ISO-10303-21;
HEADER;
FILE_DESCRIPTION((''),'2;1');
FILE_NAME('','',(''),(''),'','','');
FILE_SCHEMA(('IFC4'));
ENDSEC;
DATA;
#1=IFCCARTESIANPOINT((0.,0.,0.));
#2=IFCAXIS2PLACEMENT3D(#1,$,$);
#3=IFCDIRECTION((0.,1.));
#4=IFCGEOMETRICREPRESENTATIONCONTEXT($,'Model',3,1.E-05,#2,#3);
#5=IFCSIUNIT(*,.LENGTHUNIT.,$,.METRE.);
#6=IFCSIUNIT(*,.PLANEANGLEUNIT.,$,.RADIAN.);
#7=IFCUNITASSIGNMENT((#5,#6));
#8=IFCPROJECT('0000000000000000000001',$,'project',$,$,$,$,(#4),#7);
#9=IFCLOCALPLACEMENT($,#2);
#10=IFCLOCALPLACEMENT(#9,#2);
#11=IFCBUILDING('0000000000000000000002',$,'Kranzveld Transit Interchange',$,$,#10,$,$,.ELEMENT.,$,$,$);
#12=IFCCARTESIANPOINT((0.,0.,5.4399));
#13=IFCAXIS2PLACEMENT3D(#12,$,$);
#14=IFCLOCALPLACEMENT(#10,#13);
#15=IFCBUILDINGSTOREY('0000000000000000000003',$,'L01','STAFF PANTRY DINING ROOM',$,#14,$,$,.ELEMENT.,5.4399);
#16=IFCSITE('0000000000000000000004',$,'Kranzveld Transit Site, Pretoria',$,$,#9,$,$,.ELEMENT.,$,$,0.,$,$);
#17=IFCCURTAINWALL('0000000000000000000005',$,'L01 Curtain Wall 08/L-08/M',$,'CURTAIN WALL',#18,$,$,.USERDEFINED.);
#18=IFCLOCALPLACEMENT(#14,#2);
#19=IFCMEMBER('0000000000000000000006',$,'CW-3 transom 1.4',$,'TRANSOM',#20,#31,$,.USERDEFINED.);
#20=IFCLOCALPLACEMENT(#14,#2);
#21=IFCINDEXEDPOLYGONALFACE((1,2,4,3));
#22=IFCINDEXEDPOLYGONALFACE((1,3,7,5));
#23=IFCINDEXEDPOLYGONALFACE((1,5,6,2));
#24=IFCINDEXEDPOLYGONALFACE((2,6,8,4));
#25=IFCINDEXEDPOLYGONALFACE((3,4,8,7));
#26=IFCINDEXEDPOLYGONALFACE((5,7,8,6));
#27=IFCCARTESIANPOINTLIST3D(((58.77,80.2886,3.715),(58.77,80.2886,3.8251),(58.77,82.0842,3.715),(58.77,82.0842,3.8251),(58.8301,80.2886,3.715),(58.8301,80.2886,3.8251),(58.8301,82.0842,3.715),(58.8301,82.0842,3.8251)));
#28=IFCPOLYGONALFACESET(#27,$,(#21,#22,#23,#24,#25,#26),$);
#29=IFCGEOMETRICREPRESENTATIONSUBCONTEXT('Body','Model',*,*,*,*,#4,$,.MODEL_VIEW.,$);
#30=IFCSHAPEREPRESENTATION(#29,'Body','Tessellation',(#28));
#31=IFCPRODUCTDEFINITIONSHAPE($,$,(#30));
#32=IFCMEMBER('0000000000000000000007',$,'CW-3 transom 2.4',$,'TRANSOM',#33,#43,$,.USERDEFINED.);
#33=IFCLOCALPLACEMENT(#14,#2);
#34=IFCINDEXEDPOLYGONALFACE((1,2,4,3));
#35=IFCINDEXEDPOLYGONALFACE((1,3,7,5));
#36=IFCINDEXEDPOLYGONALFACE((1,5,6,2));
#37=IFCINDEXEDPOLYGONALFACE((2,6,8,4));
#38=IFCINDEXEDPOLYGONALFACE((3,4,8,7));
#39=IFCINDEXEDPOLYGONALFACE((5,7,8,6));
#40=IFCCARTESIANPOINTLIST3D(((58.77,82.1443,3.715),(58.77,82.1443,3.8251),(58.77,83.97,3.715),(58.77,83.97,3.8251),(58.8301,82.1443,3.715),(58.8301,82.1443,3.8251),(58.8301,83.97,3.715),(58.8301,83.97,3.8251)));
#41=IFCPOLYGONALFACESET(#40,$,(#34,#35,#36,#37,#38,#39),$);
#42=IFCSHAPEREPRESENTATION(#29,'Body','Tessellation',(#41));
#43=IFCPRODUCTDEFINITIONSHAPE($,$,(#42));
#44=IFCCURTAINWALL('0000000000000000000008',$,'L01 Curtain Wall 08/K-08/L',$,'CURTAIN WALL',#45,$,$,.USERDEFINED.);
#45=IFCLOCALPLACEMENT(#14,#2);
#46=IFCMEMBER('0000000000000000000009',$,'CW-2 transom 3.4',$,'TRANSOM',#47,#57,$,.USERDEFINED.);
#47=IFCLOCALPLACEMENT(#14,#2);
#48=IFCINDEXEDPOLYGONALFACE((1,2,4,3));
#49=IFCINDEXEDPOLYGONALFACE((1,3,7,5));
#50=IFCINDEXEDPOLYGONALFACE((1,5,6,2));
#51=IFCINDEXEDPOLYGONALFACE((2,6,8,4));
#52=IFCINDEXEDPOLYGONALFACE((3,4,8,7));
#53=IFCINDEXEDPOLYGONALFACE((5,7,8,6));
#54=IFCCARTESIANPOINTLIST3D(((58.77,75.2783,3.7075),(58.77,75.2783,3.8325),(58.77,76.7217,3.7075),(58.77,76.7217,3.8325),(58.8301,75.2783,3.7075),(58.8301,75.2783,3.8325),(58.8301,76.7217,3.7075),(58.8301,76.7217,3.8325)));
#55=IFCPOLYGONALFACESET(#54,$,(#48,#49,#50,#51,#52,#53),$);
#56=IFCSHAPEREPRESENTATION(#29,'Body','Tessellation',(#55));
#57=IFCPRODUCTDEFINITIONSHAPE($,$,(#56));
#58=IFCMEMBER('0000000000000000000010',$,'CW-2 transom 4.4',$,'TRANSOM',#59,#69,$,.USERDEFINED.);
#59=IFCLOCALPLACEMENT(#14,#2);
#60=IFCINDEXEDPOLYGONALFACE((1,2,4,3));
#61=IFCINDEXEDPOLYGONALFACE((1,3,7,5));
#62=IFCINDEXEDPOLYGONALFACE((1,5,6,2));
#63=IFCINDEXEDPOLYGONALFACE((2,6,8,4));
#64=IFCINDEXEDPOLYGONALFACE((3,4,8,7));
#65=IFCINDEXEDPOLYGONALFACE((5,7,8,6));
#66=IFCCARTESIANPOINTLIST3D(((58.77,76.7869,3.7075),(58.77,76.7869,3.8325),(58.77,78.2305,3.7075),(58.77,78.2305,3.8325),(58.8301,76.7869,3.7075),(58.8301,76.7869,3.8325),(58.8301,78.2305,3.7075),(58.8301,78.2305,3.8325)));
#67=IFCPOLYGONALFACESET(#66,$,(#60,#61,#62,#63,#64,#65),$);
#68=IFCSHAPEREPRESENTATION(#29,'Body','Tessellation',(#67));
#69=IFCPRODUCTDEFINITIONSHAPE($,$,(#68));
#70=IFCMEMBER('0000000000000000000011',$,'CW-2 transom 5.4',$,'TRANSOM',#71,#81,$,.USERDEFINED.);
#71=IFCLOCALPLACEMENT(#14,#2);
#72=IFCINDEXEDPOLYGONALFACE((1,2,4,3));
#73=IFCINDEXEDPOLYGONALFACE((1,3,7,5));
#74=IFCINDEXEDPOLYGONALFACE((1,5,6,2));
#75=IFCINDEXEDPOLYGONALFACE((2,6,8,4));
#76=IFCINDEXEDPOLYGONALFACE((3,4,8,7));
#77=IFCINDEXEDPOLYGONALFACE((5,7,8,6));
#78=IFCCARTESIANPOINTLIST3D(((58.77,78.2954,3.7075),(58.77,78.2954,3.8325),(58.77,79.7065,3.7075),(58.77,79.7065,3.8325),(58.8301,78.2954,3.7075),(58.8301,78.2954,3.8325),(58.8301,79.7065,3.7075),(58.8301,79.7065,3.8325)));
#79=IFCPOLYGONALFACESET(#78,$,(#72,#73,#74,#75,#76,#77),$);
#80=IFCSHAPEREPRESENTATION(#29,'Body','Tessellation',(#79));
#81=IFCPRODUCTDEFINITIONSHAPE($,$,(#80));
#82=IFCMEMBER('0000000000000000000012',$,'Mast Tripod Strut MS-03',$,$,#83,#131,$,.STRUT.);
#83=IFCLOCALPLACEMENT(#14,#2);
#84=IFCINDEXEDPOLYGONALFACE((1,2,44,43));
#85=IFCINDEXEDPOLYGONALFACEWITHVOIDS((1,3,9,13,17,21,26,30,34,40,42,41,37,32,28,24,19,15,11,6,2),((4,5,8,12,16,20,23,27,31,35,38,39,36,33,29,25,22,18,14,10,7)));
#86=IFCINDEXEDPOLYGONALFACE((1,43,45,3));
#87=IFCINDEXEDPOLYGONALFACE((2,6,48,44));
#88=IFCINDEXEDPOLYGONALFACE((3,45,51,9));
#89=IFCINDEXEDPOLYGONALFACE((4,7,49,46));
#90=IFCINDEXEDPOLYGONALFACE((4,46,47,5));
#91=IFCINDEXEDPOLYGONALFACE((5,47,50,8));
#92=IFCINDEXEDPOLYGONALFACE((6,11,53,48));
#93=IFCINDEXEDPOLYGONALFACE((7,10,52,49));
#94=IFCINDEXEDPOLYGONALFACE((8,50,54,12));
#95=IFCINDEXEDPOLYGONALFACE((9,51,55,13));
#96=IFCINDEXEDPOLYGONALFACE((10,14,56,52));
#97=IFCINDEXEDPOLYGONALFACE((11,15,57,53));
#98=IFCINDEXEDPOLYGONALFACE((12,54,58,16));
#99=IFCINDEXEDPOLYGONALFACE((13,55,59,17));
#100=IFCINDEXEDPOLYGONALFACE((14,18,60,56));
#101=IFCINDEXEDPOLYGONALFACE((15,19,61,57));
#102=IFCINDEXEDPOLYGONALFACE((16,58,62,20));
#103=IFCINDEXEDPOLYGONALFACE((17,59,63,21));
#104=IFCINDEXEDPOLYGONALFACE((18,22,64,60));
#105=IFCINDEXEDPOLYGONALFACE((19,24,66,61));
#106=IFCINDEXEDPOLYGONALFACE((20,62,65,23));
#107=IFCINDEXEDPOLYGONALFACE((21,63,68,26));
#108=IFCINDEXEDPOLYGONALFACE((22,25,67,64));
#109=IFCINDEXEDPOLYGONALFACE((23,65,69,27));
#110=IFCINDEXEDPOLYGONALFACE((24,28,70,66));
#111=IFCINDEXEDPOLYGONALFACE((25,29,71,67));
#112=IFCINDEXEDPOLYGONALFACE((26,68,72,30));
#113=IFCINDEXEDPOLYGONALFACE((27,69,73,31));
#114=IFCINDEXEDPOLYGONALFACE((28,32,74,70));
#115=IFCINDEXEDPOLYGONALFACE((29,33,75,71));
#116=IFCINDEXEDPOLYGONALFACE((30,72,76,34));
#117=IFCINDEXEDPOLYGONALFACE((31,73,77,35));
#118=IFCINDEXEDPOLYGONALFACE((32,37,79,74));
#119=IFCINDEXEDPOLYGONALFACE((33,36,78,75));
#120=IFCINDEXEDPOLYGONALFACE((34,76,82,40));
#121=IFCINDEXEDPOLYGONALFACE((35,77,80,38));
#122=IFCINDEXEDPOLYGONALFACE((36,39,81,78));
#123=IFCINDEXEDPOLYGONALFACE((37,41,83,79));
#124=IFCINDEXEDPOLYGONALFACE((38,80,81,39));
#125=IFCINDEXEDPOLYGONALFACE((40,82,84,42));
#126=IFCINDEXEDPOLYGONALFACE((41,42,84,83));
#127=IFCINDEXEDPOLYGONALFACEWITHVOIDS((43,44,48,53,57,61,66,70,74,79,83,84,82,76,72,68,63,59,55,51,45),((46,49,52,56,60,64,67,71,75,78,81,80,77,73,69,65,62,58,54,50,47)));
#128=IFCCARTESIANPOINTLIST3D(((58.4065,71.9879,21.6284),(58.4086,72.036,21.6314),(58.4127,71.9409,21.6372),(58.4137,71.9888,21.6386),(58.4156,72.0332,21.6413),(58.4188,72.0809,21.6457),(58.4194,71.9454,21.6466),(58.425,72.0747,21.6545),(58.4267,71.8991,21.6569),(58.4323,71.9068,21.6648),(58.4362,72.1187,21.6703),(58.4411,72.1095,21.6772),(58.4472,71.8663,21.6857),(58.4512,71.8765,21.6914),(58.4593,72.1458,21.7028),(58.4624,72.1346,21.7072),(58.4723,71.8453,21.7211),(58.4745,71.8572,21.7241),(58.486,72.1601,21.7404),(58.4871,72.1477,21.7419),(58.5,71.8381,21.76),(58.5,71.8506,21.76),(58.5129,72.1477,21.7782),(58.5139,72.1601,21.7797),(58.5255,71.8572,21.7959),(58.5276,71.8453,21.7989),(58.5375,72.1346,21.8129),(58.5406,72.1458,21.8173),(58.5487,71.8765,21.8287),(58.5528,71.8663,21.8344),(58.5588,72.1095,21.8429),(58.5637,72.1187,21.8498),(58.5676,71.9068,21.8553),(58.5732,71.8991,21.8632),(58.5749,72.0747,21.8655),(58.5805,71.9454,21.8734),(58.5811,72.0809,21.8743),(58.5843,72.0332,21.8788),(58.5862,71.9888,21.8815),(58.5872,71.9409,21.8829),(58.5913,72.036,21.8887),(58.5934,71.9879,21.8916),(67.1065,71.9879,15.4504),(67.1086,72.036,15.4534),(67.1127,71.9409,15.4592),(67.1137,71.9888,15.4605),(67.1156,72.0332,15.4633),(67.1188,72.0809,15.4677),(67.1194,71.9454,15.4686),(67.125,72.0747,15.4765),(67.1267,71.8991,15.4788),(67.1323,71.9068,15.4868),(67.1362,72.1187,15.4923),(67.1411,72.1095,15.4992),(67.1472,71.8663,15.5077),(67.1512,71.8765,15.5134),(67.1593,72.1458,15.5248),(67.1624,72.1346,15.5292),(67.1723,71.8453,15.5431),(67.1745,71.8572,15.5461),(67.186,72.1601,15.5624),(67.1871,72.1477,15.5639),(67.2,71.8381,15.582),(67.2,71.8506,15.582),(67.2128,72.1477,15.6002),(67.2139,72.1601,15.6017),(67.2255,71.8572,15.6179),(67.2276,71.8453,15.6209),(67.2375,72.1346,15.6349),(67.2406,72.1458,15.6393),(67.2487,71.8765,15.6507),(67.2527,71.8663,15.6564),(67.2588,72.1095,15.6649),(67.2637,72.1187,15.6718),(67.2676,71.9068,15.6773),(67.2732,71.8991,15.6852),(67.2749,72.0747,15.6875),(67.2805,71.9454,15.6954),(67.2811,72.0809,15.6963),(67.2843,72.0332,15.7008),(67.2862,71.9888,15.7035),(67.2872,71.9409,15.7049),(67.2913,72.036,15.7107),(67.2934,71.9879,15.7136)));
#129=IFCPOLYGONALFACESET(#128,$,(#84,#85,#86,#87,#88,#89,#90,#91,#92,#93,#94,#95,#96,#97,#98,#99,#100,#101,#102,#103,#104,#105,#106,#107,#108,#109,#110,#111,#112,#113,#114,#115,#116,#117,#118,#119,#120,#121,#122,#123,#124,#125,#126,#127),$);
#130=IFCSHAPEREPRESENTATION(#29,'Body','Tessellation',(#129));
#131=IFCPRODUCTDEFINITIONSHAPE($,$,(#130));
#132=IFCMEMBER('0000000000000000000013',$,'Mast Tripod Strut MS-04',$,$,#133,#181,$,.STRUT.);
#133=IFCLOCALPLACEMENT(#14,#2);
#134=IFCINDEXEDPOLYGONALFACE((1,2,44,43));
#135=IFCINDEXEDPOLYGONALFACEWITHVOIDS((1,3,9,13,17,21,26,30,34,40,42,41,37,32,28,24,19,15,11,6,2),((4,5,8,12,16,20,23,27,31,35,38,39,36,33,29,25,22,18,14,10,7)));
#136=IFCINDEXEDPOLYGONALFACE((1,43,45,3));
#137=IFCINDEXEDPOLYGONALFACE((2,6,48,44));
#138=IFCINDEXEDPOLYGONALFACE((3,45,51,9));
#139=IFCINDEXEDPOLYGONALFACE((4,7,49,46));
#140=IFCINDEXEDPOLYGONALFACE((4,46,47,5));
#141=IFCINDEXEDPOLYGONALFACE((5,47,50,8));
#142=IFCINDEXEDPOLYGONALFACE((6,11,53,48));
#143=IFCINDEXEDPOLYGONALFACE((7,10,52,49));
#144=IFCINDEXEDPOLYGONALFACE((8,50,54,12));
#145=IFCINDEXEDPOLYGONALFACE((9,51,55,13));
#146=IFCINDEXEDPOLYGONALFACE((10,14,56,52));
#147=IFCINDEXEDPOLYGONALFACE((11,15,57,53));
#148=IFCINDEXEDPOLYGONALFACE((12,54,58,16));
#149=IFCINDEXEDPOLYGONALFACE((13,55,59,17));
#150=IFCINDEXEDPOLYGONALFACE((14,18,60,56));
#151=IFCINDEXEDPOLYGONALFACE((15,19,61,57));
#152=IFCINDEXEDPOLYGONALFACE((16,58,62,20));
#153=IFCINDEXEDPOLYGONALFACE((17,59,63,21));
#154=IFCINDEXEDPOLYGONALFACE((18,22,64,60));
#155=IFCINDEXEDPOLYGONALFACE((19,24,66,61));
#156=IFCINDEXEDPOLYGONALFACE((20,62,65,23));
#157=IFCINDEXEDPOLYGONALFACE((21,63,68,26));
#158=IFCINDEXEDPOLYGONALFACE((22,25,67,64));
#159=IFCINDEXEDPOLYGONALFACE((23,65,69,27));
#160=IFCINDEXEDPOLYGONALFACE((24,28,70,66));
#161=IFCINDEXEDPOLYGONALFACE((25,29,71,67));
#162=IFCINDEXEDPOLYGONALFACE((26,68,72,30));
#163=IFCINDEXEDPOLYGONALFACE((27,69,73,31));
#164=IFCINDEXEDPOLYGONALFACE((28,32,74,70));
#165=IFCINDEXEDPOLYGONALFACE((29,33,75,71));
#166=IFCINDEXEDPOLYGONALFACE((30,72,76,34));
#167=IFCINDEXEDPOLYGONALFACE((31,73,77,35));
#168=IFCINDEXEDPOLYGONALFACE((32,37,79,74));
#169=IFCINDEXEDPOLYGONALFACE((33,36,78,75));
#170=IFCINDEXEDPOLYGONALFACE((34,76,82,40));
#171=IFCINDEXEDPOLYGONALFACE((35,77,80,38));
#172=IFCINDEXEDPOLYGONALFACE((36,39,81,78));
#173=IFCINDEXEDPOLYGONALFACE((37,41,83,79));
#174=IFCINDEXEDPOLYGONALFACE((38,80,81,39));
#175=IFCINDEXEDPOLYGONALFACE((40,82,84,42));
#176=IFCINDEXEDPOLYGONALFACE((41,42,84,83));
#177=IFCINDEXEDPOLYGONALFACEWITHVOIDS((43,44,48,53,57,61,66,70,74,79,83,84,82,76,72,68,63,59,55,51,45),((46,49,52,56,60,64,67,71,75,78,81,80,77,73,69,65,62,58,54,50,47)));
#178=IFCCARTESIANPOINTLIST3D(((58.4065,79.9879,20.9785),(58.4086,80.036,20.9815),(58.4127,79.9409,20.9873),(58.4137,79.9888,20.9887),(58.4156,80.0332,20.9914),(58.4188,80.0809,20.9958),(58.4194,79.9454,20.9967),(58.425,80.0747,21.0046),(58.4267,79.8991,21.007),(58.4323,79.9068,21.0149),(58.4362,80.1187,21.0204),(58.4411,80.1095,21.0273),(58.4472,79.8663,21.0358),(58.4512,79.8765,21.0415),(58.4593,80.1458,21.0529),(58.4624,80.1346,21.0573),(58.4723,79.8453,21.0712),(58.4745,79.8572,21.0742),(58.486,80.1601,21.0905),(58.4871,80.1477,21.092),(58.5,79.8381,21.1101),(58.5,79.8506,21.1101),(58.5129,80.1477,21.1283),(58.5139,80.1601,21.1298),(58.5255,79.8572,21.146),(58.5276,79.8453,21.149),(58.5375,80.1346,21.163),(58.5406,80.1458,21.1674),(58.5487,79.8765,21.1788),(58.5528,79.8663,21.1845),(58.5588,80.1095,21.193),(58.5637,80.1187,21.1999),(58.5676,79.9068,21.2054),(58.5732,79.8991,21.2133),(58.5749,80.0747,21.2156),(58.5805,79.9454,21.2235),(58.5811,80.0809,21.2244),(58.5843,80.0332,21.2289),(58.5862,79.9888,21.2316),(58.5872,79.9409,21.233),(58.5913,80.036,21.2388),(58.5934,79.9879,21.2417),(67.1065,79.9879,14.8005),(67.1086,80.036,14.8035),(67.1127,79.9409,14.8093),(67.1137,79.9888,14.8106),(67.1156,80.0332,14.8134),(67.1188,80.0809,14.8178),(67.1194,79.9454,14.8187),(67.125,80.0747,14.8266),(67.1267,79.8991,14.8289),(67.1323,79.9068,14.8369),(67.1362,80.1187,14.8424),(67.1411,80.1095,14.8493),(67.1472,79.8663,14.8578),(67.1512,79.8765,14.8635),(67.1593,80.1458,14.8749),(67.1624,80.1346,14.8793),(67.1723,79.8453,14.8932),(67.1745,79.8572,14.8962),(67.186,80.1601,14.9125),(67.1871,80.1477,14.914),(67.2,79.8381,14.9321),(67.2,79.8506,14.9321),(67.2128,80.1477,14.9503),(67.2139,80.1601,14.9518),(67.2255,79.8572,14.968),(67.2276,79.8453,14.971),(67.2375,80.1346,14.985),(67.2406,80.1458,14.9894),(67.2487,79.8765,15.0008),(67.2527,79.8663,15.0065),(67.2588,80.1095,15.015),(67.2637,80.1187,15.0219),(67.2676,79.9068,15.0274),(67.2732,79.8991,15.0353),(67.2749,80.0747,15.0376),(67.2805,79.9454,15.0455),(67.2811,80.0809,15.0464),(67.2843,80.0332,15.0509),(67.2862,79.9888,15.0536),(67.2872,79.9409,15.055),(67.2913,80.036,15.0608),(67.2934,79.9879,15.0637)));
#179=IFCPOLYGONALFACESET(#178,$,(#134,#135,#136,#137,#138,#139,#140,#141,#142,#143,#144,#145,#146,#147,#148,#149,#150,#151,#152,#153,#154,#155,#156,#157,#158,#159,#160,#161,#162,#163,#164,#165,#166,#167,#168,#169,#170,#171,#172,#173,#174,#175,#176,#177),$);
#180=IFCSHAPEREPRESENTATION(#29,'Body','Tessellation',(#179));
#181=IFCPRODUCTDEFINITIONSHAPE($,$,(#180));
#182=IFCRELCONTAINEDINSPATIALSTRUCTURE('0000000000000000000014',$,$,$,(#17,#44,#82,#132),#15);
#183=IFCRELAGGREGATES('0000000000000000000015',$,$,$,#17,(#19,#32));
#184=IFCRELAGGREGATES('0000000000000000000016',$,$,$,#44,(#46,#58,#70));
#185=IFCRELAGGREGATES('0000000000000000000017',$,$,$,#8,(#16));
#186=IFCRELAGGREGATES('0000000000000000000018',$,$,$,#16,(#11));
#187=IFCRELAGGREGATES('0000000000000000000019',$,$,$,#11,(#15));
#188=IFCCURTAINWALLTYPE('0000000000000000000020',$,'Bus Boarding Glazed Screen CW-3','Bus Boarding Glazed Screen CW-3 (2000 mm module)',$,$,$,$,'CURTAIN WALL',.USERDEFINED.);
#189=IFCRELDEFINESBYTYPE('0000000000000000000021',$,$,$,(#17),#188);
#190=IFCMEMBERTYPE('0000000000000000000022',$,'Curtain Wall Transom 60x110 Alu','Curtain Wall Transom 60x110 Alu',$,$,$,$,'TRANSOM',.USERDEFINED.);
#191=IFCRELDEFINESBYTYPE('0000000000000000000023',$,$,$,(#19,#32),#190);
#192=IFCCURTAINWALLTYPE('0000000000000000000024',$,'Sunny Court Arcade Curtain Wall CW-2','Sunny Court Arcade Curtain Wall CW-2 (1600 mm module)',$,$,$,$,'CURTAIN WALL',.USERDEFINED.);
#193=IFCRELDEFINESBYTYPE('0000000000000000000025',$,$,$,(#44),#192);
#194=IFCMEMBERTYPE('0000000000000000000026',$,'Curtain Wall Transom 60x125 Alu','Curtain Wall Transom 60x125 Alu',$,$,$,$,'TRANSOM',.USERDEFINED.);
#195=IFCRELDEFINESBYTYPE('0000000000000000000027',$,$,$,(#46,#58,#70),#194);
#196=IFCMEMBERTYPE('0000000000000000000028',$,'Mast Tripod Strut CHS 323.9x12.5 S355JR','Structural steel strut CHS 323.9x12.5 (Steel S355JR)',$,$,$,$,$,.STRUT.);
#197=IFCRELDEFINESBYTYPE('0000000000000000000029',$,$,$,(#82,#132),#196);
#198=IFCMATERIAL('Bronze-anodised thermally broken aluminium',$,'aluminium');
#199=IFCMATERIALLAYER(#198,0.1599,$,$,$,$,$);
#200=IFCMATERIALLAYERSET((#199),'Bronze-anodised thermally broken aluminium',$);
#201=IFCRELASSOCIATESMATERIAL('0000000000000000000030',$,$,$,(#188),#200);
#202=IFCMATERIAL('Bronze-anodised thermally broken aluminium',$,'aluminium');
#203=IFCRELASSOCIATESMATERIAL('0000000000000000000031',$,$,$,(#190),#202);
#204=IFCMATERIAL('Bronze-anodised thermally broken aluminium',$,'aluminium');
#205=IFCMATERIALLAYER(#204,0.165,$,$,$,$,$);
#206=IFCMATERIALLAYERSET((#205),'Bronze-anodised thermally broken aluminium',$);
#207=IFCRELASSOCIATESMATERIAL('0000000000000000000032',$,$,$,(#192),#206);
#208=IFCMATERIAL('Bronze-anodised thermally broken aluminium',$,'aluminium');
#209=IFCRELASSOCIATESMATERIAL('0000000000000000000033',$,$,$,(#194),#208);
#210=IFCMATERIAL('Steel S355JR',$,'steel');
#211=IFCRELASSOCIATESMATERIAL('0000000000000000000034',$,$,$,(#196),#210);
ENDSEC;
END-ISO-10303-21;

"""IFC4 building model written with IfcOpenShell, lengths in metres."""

from ifc_helpers import new_model, si_unit, direction, frame, origin, origin_2d, place, context, subcontext, project, spatial, rectangle, hollow_circle, extrude, material, layer, layer_set, material_profile, profile_set, type_object, element, aggregate, save


model = new_model("IFC4")

# Units and contexts
model_context = context("Model", 3, precision=1e-05, world=origin(), true_north=direction((0.0, 1.0)))
body_context = subcontext(model_context, "Body", "Model", "MODEL_VIEW")
ifc_project = project(units=[si_unit("LENGTHUNIT", "METRE"), si_unit("PLANEANGLEUNIT", "RADIAN")], contexts=[model_context])

# Site, building, storey
site_placement = place(None, origin())
site = spatial("IfcSite", under=ifc_project, at=site_placement, Name="Kranzveld Transit Site, Pretoria", CompositionType="ELEMENT", RefElevation=0.0)
building_placement = place(site_placement, origin())
building = spatial("IfcBuilding", under=site, at=building_placement, Name="Kranzveld Transit Interchange", CompositionType="ELEMENT")
storey_placement = place(building_placement, frame((0.0, 0.0, 5.4399)))
storey = spatial("IfcBuildingStorey", under=building, at=storey_placement, Name="L01", Description="STAFF PANTRY DINING ROOM", CompositionType="ELEMENT", Elevation=5.4399)

# Curtain walls, members
ifc_material_1 = material(Name="Bronze-anodised thermally broken aluminium", Category="aluminium")
ifc_layer_1 = layer(ifc_material_1, 0.1599)
ifc_layer_set_1 = layer_set([ifc_layer_1], Name="Bronze-anodised thermally broken aluminium")
curtain_wall_type_1 = type_object("IfcCurtainWallType", Name="Bus Boarding Glazed Screen CW-3", Description="Bus Boarding Glazed Screen CW-3 (2000 mm module)", ElementType="CURTAIN WALL", PredefinedType="USERDEFINED", material=ifc_layer_set_1)
curtain_wall_1_placement = place(storey_placement, origin())
curtain_wall_1 = element("IfcCurtainWall", 1, at=curtain_wall_1_placement, inside=storey, type_object=curtain_wall_type_1, Name="L01 Curtain Wall 08/L-08/M", ObjectType="CURTAIN WALL", PredefinedType="USERDEFINED")
ifc_material_2 = material(Name="Bronze-anodised thermally broken aluminium", Category="aluminium")
ifc_material_profile_1 = material_profile(ifc_material_2, rectangle(XDim=0.0601, YDim=0.1101, at=origin_2d()), Name="ALU TRANSOM 60x110")
ifc_profile_set_1 = profile_set([ifc_material_profile_1], Name="Bronze-anodised thermally broken aluminium")
member_type_1 = type_object("IfcMemberType", Name="Curtain Wall Transom 60x110 Alu", Description="Curtain Wall Transom 60x110 Alu", ElementType="TRANSOM", PredefinedType="USERDEFINED", material=ifc_profile_set_1)
member_1_placement = place(storey_placement, frame((58.8, 80.2886, 3.77), z_axis=(0.0, 1.0, 0.0), x_axis=(-1.0, 0.0, 0.0)))
member_1 = element("IfcMember", 2, at=member_1_placement, type_object=member_type_1, Name="CW-3 transom 1.4", ObjectType="TRANSOM", PredefinedType="USERDEFINED", context=body_context, shape_type="SweptSolid", body=[
    extrude(rectangle(XDim=0.0601, YDim=0.1101, at=origin_2d()), origin(), (0.0, 0.0, 1.0), 1.7957),
])
member_2_placement = place(storey_placement, frame((58.8, 82.1443, 3.77), z_axis=(0.0, 1.0, 0.0), x_axis=(-1.0, 0.0, 0.0)))
member_2 = element("IfcMember", 3, at=member_2_placement, type_object=member_type_1, Name="CW-3 transom 2.4", ObjectType="TRANSOM", PredefinedType="USERDEFINED", context=body_context, shape_type="SweptSolid", body=[
    extrude(rectangle(XDim=0.0601, YDim=0.1101, at=origin_2d()), origin(), (0.0, 0.0, 1.0), 1.8257),
])
aggregate(curtain_wall_1, [member_1, member_2])
ifc_material_3 = material(Name="Bronze-anodised thermally broken aluminium", Category="aluminium")
ifc_layer_2 = layer(ifc_material_3, 0.165)
ifc_layer_set_2 = layer_set([ifc_layer_2], Name="Bronze-anodised thermally broken aluminium")
curtain_wall_type_2 = type_object("IfcCurtainWallType", Name="Sunny Court Arcade Curtain Wall CW-2", Description="Sunny Court Arcade Curtain Wall CW-2 (1600 mm module)", ElementType="CURTAIN WALL", PredefinedType="USERDEFINED", material=ifc_layer_set_2)
curtain_wall_2_placement = place(storey_placement, origin())
curtain_wall_2 = element("IfcCurtainWall", 4, at=curtain_wall_2_placement, inside=storey, type_object=curtain_wall_type_2, Name="L01 Curtain Wall 08/K-08/L", ObjectType="CURTAIN WALL", PredefinedType="USERDEFINED")
ifc_material_4 = material(Name="Bronze-anodised thermally broken aluminium", Category="aluminium")
ifc_material_profile_2 = material_profile(ifc_material_4, rectangle(XDim=0.0601, YDim=0.125, at=origin_2d()), Name="ALU TRANSOM 60x125")
ifc_profile_set_2 = profile_set([ifc_material_profile_2], Name="Bronze-anodised thermally broken aluminium")
member_type_2 = type_object("IfcMemberType", Name="Curtain Wall Transom 60x125 Alu", Description="Curtain Wall Transom 60x125 Alu", ElementType="TRANSOM", PredefinedType="USERDEFINED", material=ifc_profile_set_2)
member_3_placement = place(storey_placement, frame((58.8, 75.2783, 3.77), z_axis=(0.0, 1.0, 0.0), x_axis=(-1.0, 0.0, 0.0)))
member_3 = element("IfcMember", 5, at=member_3_placement, type_object=member_type_2, Name="CW-2 transom 3.4", ObjectType="TRANSOM", PredefinedType="USERDEFINED", context=body_context, shape_type="SweptSolid", body=[
    extrude(rectangle(XDim=0.0601, YDim=0.125, at=origin_2d()), origin(), (0.0, 0.0, 1.0), 1.4434),
])
member_4_placement = place(storey_placement, frame((58.8, 76.7869, 3.77), z_axis=(0.0, 1.0, 0.0), x_axis=(-1.0, 0.0, 0.0)))
member_4 = element("IfcMember", 6, at=member_4_placement, type_object=member_type_2, Name="CW-2 transom 4.4", ObjectType="TRANSOM", PredefinedType="USERDEFINED", context=body_context, shape_type="SweptSolid", body=[
    extrude(rectangle(XDim=0.0601, YDim=0.125, at=origin_2d()), origin(), (0.0, 0.0, 1.0), 1.4436),
])
member_5_placement = place(storey_placement, frame((58.8, 78.2954, 3.77), z_axis=(0.0, 1.0, 0.0), x_axis=(-1.0, 0.0, 0.0)))
member_5 = element("IfcMember", 7, at=member_5_placement, type_object=member_type_2, Name="CW-2 transom 5.4", ObjectType="TRANSOM", PredefinedType="USERDEFINED", context=body_context, shape_type="SweptSolid", body=[
    extrude(rectangle(XDim=0.0601, YDim=0.125, at=origin_2d()), origin(), (0.0, 0.0, 1.0), 1.4111),
])
aggregate(curtain_wall_2, [member_3, member_4, member_5])

# Members
ifc_material_5 = material(Name="Steel S355JR", Category="steel")
ifc_material_profile_3 = material_profile(ifc_material_5, hollow_circle(Radius=0.1619, WallThickness=0.0125, at=origin_2d()), Name="CHS 323.9x12.5")
ifc_profile_set_3 = profile_set([ifc_material_profile_3], Name="Steel S355JR")
member_type_3 = type_object("IfcMemberType", Name="Mast Tripod Strut CHS 323.9x12.5 S355JR", Description="Structural steel strut CHS 323.9x12.5 (Steel S355JR)", PredefinedType="STRUT", material=ifc_profile_set_3)
for number, where, z_axis, x_axis, name in (
    (8, (67.2, 72.0, 15.582), (-0.815338, 0.0, 0.578985), (0.0, -1.0, 0.0), "Mast Tripod Strut MS-03"),
    (9, (67.2, 80.0, 14.9321), (-0.815338, 0.0, 0.578985), (0.0, -1.0, 0.0), "Mast Tripod Strut MS-04"),
):
    element("IfcMember", number, at=place(storey_placement, frame(where, z_axis=z_axis, x_axis=x_axis)), inside=storey, type_object=member_type_3, Name=name, PredefinedType="STRUT", context=body_context, shape_type="SweptSolid", body=[
        extrude(hollow_circle(Radius=0.1619, WallThickness=0.0125, at=origin_2d()), origin(), (0.0, 0.0, 1.0), 10.6704),
    ])

save(model, "model.ifc")
